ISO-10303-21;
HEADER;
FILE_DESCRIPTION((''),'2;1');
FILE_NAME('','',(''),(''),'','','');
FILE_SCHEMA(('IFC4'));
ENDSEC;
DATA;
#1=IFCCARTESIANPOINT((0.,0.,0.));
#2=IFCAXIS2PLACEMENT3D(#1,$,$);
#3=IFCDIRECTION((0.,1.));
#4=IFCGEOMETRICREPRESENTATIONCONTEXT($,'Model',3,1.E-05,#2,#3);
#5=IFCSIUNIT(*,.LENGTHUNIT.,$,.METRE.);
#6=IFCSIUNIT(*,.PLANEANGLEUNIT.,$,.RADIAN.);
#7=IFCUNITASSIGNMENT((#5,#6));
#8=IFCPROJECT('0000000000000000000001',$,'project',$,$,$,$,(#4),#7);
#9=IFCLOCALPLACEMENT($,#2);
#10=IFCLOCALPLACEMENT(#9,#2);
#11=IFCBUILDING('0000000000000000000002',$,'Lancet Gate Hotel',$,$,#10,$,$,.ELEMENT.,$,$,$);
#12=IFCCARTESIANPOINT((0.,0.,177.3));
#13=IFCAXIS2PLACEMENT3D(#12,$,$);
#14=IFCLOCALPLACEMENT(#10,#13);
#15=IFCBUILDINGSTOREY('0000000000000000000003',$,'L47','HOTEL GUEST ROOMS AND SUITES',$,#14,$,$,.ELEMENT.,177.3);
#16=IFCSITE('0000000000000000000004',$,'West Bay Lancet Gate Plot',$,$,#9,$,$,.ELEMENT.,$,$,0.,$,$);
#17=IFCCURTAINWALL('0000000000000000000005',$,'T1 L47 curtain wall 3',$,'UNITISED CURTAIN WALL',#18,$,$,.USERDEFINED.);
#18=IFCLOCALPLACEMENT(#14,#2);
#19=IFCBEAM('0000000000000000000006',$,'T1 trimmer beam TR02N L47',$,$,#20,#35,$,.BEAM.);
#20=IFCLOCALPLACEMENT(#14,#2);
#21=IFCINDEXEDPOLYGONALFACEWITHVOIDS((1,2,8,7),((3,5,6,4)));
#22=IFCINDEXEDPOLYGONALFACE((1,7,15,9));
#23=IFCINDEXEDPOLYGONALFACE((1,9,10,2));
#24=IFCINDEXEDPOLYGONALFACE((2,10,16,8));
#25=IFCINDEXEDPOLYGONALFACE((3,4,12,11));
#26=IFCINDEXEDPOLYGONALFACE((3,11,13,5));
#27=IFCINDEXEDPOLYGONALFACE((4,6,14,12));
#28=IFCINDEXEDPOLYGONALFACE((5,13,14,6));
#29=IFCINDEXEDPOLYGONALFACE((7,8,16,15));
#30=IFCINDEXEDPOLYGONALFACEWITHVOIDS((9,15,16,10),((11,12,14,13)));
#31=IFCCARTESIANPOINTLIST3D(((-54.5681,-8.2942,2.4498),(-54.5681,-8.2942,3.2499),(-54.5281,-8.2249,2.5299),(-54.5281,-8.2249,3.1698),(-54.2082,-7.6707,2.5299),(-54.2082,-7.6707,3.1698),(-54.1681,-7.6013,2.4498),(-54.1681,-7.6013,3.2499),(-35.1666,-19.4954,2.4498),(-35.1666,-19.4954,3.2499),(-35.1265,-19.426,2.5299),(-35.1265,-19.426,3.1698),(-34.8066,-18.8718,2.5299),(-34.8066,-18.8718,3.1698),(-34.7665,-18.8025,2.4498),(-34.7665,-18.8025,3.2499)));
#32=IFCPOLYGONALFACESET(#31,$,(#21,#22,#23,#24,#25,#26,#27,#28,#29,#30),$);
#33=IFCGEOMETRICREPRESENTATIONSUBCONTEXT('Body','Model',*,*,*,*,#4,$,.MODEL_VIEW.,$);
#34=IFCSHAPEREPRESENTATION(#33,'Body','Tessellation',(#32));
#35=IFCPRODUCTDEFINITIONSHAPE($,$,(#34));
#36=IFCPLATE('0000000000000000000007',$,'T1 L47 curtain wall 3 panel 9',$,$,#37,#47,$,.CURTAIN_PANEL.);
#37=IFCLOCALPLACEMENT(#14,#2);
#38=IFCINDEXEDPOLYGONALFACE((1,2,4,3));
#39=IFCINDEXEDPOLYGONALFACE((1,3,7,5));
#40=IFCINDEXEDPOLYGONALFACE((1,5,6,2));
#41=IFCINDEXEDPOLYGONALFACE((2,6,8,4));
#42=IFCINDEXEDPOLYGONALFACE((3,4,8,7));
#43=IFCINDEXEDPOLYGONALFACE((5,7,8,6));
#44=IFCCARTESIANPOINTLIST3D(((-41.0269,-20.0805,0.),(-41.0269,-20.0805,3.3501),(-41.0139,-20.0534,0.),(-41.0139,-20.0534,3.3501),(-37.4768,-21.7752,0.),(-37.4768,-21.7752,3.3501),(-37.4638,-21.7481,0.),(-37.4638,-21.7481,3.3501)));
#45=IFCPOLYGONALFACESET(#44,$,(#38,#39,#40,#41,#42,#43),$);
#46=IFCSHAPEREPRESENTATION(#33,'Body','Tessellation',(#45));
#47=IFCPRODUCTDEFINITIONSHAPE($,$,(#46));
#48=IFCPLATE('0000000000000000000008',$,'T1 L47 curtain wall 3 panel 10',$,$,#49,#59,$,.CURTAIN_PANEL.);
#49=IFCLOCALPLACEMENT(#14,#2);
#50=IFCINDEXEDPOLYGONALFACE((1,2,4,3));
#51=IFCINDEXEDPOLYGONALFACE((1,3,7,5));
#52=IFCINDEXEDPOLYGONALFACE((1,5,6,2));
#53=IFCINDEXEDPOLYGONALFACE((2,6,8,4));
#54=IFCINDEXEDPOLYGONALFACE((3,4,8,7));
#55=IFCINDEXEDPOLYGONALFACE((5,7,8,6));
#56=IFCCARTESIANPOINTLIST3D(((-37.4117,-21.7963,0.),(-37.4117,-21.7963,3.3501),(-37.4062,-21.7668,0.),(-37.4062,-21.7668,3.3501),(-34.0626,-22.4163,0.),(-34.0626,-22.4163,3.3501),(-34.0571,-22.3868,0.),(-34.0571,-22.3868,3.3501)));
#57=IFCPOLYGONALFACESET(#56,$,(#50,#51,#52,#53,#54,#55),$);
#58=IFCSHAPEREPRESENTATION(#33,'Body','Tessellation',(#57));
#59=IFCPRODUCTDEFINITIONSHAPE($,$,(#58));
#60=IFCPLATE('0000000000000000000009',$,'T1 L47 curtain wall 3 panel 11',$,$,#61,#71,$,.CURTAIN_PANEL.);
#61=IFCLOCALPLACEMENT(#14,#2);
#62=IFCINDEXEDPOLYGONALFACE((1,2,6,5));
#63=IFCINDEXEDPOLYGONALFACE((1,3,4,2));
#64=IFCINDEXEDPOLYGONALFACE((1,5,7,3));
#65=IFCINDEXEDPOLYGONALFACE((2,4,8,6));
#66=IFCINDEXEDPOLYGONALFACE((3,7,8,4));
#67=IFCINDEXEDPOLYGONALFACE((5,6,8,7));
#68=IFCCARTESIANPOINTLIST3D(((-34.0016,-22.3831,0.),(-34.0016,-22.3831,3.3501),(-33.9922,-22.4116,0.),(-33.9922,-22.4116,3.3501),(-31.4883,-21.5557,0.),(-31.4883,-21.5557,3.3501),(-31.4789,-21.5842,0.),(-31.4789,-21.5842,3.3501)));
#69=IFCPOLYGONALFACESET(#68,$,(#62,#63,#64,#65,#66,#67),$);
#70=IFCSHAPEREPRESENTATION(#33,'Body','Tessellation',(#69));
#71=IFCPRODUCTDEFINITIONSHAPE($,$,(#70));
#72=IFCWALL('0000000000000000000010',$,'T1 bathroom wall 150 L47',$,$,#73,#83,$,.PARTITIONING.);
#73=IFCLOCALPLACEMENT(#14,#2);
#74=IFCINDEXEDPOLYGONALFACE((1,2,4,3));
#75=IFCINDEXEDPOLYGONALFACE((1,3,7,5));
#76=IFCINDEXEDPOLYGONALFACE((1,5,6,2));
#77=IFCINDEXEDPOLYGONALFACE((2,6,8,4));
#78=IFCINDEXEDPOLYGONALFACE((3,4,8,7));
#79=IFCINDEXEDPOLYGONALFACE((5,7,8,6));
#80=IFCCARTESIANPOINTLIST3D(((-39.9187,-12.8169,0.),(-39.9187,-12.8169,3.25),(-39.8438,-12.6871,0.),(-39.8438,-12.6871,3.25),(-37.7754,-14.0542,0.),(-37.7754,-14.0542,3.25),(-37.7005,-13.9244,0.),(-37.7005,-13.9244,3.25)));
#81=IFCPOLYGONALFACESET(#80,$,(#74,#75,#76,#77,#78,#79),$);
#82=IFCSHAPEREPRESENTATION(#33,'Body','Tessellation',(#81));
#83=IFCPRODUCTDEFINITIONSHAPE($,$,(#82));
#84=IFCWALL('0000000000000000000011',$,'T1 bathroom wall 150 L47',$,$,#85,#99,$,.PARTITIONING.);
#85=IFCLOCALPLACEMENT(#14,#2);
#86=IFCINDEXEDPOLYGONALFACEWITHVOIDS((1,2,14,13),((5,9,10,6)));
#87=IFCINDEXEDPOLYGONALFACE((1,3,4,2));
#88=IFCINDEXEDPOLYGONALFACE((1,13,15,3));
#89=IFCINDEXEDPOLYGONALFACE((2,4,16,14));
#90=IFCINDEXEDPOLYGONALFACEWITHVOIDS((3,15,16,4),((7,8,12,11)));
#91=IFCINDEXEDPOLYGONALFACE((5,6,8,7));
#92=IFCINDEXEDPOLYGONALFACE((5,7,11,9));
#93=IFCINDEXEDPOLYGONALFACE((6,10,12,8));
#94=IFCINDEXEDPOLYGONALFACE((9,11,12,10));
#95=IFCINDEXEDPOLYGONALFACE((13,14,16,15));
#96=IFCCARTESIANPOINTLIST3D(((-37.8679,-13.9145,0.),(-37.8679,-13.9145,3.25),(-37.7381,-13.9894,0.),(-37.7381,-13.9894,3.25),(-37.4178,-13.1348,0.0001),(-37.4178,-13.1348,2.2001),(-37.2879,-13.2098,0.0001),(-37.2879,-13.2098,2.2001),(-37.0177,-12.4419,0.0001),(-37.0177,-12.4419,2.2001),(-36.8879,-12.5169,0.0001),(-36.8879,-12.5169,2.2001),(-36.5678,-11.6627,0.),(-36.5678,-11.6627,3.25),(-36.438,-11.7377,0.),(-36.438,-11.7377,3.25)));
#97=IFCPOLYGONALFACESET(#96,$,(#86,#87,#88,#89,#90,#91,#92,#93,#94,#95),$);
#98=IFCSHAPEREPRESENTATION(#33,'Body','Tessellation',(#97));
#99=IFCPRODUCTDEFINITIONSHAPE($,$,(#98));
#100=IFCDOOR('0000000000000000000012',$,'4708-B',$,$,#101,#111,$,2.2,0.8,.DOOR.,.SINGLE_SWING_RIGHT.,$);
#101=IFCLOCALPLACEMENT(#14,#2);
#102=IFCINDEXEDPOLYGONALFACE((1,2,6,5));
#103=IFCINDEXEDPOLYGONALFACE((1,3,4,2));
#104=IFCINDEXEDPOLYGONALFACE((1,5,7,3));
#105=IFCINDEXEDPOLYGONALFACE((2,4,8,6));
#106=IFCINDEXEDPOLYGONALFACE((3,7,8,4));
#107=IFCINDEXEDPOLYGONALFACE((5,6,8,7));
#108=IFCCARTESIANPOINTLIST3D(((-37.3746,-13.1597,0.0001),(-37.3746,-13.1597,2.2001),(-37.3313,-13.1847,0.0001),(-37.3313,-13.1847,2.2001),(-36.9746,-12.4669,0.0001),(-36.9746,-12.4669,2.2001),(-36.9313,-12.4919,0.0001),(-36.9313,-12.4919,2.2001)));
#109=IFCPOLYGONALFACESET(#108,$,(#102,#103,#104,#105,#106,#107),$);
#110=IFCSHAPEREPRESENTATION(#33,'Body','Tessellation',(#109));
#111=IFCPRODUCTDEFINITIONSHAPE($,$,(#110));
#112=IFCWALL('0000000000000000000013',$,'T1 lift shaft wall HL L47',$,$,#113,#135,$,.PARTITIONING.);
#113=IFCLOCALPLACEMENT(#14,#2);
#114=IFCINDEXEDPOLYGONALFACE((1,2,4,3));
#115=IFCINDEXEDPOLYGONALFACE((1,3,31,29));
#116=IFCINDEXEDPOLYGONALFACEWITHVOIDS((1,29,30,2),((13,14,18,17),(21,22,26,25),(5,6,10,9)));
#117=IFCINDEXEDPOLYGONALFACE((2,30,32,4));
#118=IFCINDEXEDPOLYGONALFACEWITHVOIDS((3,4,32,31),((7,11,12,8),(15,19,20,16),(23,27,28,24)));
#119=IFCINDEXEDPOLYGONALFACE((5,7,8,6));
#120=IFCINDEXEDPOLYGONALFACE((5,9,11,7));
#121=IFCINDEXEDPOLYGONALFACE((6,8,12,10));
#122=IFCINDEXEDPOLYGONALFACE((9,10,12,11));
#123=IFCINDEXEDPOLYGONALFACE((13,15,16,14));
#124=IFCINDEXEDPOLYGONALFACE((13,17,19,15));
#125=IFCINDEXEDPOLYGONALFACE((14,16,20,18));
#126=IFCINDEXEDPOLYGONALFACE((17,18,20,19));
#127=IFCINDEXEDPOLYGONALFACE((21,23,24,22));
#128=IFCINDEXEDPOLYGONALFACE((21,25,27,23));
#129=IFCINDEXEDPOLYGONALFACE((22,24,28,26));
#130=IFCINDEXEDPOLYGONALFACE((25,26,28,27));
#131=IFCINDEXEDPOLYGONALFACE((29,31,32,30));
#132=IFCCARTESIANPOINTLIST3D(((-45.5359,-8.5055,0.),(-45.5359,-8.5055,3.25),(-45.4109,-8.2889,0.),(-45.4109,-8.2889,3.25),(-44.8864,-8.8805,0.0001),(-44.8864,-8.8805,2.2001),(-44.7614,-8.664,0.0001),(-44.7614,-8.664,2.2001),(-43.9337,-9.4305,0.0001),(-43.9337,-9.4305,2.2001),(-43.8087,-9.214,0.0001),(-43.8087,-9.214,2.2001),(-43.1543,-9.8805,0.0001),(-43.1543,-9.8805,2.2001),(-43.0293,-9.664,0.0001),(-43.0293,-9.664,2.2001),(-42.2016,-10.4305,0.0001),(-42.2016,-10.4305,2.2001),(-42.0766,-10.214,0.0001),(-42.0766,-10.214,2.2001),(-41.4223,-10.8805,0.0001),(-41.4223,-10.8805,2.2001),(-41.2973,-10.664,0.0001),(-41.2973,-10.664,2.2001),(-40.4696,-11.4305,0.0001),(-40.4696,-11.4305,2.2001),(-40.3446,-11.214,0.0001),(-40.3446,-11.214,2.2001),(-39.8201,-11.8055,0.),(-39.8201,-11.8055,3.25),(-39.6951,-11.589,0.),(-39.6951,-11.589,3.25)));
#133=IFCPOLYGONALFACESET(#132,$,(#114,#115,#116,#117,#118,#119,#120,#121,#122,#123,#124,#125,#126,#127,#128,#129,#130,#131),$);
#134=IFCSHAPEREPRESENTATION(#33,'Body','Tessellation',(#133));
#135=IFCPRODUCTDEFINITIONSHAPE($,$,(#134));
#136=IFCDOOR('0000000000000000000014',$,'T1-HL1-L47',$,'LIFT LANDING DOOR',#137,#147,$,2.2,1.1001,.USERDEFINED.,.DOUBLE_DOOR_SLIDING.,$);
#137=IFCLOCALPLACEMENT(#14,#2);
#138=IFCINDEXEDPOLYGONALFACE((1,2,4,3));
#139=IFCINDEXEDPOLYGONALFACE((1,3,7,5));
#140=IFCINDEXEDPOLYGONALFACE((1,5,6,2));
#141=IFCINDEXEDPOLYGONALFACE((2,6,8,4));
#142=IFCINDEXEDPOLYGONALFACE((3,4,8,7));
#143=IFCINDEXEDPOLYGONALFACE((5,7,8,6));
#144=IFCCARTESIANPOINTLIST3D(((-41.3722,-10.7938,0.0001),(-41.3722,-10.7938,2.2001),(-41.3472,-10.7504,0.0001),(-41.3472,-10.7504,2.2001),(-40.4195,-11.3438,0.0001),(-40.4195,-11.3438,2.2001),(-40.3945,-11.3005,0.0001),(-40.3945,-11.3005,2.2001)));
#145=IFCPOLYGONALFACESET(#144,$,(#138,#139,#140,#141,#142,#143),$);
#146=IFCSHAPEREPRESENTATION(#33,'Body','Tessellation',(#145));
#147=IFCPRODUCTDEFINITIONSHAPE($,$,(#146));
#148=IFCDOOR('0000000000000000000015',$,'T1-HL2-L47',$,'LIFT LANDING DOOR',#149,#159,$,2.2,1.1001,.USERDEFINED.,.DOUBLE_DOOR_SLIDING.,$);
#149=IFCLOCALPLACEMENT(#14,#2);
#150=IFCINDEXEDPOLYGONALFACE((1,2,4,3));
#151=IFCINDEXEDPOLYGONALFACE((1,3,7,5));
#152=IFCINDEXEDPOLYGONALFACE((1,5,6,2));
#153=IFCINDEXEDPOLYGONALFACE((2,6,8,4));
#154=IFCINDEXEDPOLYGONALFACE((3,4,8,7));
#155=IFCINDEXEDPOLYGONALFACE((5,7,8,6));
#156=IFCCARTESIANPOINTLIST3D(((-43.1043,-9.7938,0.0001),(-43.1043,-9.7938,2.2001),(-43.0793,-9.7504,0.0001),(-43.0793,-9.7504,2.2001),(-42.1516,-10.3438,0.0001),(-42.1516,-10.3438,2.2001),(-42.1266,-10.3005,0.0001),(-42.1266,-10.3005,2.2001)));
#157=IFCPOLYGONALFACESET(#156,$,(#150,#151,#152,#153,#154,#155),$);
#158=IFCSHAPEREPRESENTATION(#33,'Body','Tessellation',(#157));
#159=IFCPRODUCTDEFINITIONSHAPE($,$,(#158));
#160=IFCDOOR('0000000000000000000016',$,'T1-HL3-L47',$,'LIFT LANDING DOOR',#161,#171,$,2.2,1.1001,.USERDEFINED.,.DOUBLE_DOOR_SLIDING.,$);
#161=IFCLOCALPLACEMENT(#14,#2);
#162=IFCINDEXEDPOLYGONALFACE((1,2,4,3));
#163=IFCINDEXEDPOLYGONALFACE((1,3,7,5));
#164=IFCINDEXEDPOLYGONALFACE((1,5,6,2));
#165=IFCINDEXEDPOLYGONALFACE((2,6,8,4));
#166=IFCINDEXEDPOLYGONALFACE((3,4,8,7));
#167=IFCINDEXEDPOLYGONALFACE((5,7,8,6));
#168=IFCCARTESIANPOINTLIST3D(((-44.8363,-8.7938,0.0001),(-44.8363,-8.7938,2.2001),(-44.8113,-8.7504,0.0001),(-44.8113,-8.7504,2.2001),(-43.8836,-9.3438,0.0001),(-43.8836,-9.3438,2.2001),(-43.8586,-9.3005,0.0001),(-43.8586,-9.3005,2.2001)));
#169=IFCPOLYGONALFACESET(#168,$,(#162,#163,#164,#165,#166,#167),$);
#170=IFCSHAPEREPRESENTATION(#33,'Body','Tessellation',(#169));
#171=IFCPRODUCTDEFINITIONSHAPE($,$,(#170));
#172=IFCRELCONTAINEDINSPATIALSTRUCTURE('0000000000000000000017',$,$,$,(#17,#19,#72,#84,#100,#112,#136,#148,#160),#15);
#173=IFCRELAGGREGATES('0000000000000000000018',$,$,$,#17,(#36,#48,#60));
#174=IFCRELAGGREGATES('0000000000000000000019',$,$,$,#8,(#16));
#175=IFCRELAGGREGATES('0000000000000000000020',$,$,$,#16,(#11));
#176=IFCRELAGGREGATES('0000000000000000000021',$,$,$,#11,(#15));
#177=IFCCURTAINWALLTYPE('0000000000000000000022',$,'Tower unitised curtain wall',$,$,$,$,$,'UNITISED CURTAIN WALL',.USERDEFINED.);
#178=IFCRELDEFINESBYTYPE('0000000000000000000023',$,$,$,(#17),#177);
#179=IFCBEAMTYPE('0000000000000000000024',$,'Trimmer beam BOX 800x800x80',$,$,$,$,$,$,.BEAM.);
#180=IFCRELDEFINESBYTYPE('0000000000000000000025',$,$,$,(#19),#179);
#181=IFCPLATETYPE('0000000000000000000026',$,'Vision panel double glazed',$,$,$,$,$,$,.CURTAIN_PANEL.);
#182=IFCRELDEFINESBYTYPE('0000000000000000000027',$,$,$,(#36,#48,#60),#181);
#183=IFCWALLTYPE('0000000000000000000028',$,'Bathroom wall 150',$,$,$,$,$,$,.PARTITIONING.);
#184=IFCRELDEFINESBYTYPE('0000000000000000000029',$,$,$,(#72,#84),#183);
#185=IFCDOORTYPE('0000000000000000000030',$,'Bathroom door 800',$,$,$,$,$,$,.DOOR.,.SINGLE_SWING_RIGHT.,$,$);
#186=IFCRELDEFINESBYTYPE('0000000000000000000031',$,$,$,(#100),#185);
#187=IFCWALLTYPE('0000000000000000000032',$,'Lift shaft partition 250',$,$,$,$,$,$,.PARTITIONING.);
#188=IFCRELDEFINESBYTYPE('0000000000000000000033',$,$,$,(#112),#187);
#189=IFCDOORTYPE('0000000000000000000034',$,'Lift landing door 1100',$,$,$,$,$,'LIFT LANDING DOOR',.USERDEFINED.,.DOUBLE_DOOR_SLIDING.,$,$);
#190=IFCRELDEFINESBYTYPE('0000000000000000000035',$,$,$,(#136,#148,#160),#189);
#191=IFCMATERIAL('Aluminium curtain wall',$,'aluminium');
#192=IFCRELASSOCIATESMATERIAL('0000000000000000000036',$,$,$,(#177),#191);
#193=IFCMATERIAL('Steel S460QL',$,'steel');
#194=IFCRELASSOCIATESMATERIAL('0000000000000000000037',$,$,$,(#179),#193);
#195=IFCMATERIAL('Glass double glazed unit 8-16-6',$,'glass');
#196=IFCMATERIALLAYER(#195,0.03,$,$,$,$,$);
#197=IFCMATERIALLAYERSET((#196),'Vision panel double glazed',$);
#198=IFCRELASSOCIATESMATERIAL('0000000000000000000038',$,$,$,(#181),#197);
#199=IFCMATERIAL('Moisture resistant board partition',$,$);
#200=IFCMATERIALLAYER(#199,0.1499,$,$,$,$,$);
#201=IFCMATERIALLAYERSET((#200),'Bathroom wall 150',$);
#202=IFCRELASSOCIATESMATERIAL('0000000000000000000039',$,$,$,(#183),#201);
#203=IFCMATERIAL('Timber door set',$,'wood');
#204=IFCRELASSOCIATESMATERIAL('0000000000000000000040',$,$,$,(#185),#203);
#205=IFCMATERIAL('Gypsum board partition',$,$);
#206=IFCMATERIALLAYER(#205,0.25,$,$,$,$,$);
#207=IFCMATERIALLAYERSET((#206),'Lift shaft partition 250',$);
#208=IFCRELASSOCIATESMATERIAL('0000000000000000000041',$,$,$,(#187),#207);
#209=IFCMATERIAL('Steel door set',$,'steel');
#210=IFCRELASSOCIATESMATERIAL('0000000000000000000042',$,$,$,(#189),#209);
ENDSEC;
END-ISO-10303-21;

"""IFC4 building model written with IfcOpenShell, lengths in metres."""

from ifc_helpers import new_model, si_unit, direction, frame, frame_2d, origin, origin_2d, place, context, subcontext, project, spatial, rectangle, hollow_rectangle, extrude, material, layer, layer_set, material_profile, profile_set, type_object, element, fill, aggregate, save


model = new_model("IFC4")

# Units and contexts
model_context = context("Model", 3, precision=1e-05, world=origin(), true_north=direction((0.0, 1.0)))
body_context = subcontext(model_context, "Body", "Model", "MODEL_VIEW")
ifc_project = project(units=[si_unit("LENGTHUNIT", "METRE"), si_unit("PLANEANGLEUNIT", "RADIAN")], contexts=[model_context])

# Site, building, storey
site_placement = place(None, origin())
site = spatial("IfcSite", under=ifc_project, at=site_placement, Name="West Bay Lancet Gate Plot", CompositionType="ELEMENT", RefElevation=0.0)
building_placement = place(site_placement, origin())
building = spatial("IfcBuilding", under=site, at=building_placement, Name="Lancet Gate Hotel", CompositionType="ELEMENT")
storey_placement = place(building_placement, frame((0.0, 0.0, 177.3)))
storey = spatial("IfcBuildingStorey", under=building, at=storey_placement, Name="L47", Description="HOTEL GUEST ROOMS AND SUITES", CompositionType="ELEMENT", Elevation=177.3)

# Curtain wall
ifc_material_1 = material(Name="Aluminium curtain wall", Category="aluminium")
curtain_wall_type = type_object("IfcCurtainWallType", Name="Tower unitised curtain wall", ElementType="UNITISED CURTAIN WALL", PredefinedType="USERDEFINED", material=ifc_material_1)
curtain_wall_placement = place(storey_placement, origin())
curtain_wall = element("IfcCurtainWall", 1, at=curtain_wall_placement, inside=storey, type_object=curtain_wall_type, Name="T1 L47 curtain wall 3", ObjectType="UNITISED CURTAIN WALL", PredefinedType="USERDEFINED")

# Beam
ifc_material_2 = material(Name="Steel S460QL", Category="steel")
ifc_material_profile_1 = material_profile(ifc_material_2, hollow_rectangle(XDim=0.8, YDim=0.8, WallThickness=0.0801, at=origin_2d()), Name="BOX 800x800x80")
ifc_profile_set_1 = profile_set([ifc_material_profile_1], Name="Steel S460QL")
beam_type_1 = type_object("IfcBeamType", Name="Trimmer beam BOX 800x800x80", PredefinedType="BEAM", material=ifc_profile_set_1)
beam_1_placement = place(storey_placement, frame((-34.9666, -19.1489, 2.8499), z_axis=(-0.866032, 0.499988, 0.0), x_axis=(-0.499988, -0.866032, 0.0)))
element("IfcBeam", 2, at=beam_1_placement, inside=storey, type_object=beam_type_1, Name="T1 trimmer beam TR02N L47", PredefinedType="BEAM", context=body_context, shape_type="SweptSolid", body=[
    extrude(hollow_rectangle(XDim=0.8, YDim=0.8, WallThickness=0.0801, at=origin_2d()), origin(), (0.0, 0.0, 1.0), 22.4028),
])

# Plates
ifc_material_3 = material(Name="Glass double glazed unit 8-16-6", Category="glass")
ifc_layer_1 = layer(ifc_material_3, 0.03)
ifc_layer_set_1 = layer_set([ifc_layer_1], Name="Vision panel double glazed")
plate_type = type_object("IfcPlateType", Name="Vision panel double glazed", PredefinedType="CURTAIN_PANEL", material=ifc_layer_set_1)
plate_1_placement = place(storey_placement, frame((-39.2454, -20.9143, 0.0), z_axis=(0.0, 0.0, 1.0), x_axis=(0.902454, -0.430787, 0.0)))
plate_1 = element("IfcPlate", 3, at=plate_1_placement, type_object=plate_type, Name="T1 L47 curtain wall 3 panel 9", PredefinedType="CURTAIN_PANEL", context=body_context, shape_type="SweptSolid", body=[
    extrude(rectangle(XDim=3.9338, YDim=0.03, at=origin_2d()), origin(), (0.0, 0.0, 1.0), 3.3501),
])
plate_2_placement = place(storey_placement, frame((-35.7344, -22.0916, 0.0), z_axis=(0.0, 0.0, 1.0), x_axis=(0.983292, -0.182033, 0.0)))
plate_2 = element("IfcPlate", 4, at=plate_2_placement, type_object=plate_type, Name="T1 L47 curtain wall 3 panel 10", PredefinedType="CURTAIN_PANEL", context=body_context, shape_type="SweptSolid", body=[
    extrude(rectangle(XDim=3.406, YDim=0.03, at=origin_2d()), origin(), (0.0, 0.0, 1.0), 3.3501),
])
plate_3_placement = place(storey_placement, frame((-32.7402, -21.9836, 0.0), z_axis=(0.0, 0.0, 1.0), x_axis=(0.949848, 0.312712, 0.0)))
plate_3 = element("IfcPlate", 5, at=plate_3_placement, type_object=plate_type, Name="T1 L47 curtain wall 3 panel 11", PredefinedType="CURTAIN_PANEL", context=body_context, shape_type="SweptSolid", body=[
    extrude(rectangle(XDim=2.646, YDim=0.03, at=origin_2d()), origin(), (0.0, 0.0, 1.0), 3.3501),
])
aggregate(curtain_wall, [plate_1, plate_2, plate_3])

# Wall
ifc_material_4 = material(Name="Moisture resistant board partition")
ifc_layer_2 = layer(ifc_material_4, 0.1499)
ifc_layer_set_2 = layer_set([ifc_layer_2], Name="Bathroom wall 150")
wall_type_1 = type_object("IfcWallType", Name="Bathroom wall 150", PredefinedType="PARTITIONING", material=ifc_layer_set_2)
wall_1_placement = place(storey_placement, frame((-37.738, -13.9893, 0.0), z_axis=(0.0, 0.0, 1.0), x_axis=(-0.866049, 0.499959, 0.0)))
element("IfcWall", 6, at=wall_1_placement, inside=storey, type_object=wall_type_1, Name="T1 bathroom wall 150 L47", PredefinedType="PARTITIONING", context=body_context, shape_type="SweptSolid", body=[
    extrude(rectangle(XDim=2.4749, YDim=0.1499, at=frame_2d((1.2373, 0.0))), origin(), (0.0, 0.0, 1.0), 3.25),
])

# Wall, opening, door
wall_2_placement = place(storey_placement, frame((-36.5029, -11.7002, 0.0), z_axis=(0.0, 0.0, 1.0), x_axis=(-0.500007, -0.866021, 0.0)))
wall_2 = element("IfcWall", 7, at=wall_2_placement, inside=storey, type_object=wall_type_1, Name="T1 bathroom wall 150 L47", PredefinedType="PARTITIONING", context=body_context, shape_type="SweptSolid", body=[
    extrude(rectangle(XDim=2.6001, YDim=0.1499, at=frame_2d((1.3, 0.0))), origin(), (0.0, 0.0, 1.0), 3.25),
])
opening_1_placement = place(wall_2_placement, frame((0.8999, 0.0, 0.0)))
opening_1 = element("IfcOpeningElement", 8, at=opening_1_placement, cuts=wall_2, PredefinedType="OPENING", context=body_context, shape_type="SweptSolid", body=[
    extrude(rectangle(XDim=0.8, YDim=2.2, at=frame_2d((0.3999, 1.1001))), frame((0.0, 0.085, 0.0), z_axis=(0.0, -1.0, 0.0), x_axis=(1.0, 0.0, 0.0)), (0.0, 0.0, 1.0), 0.1699),
])
ifc_material_5 = material(Name="Timber door set", Category="wood")
door_type_1 = type_object("IfcDoorType", Name="Bathroom door 800", OperationType="SINGLE_SWING_RIGHT", PredefinedType="DOOR", material=ifc_material_5)
door_1_placement = place(opening_1_placement, origin())
door_1 = element("IfcDoor", 9, at=door_1_placement, inside=storey, type_object=door_type_1, Name="4708-B", OperationType="SINGLE_SWING_RIGHT", OverallHeight=2.2, OverallWidth=0.8, PredefinedType="DOOR", context=body_context, shape_type="SweptSolid", body=[
    extrude(rectangle(XDim=0.8, YDim=2.2, at=frame_2d((0.3999, 1.1001))), frame((0.0, 0.0249, 0.0), z_axis=(0.0, -1.0, 0.0), x_axis=(1.0, 0.0, 0.0)), (0.0, 0.0, 1.0), 0.05),
])
fill(opening_1, door_1)

# Wall, openings, doors
ifc_material_6 = material(Name="Gypsum board partition")
ifc_layer_3 = layer(ifc_material_6, 0.25)
ifc_layer_set_3 = layer_set([ifc_layer_3], Name="Lift shaft partition 250")
wall_type_2 = type_object("IfcWallType", Name="Lift shaft partition 250", PredefinedType="PARTITIONING", material=ifc_layer_set_3)
wall_3_placement = place(storey_placement, frame((-39.7576, -11.6973, 0.0), z_axis=(0.0, 0.0, 1.0), x_axis=(-0.866024, 0.500002, 0.0)))
wall_3 = element("IfcWall", 10, at=wall_3_placement, inside=storey, type_object=wall_type_2, Name="T1 lift shaft wall HL L47", PredefinedType="PARTITIONING", context=body_context, shape_type="SweptSolid", body=[
    extrude(rectangle(XDim=6.6001, YDim=0.25, at=frame_2d((3.3, 0.0))), origin(), (0.0, 0.0, 1.0), 3.25),
])
opening_2_placement = place(wall_3_placement, frame((0.75, 0.0, 0.0)))
opening_2 = element("IfcOpeningElement", 11, at=opening_2_placement, cuts=wall_3, PredefinedType="OPENING", context=body_context, shape_type="SweptSolid", body=[
    extrude(rectangle(XDim=1.1001, YDim=2.2, at=frame_2d((0.55, 1.1001))), frame((0.0, 0.135, 0.0), z_axis=(0.0, -1.0, 0.0), x_axis=(1.0, 0.0, 0.0)), (0.0, 0.0, 1.0), 0.27),
])
opening_3_placement = place(wall_3_placement, frame((2.75, 0.0, 0.0)))
opening_3 = element("IfcOpeningElement", 12, at=opening_3_placement, cuts=wall_3, PredefinedType="OPENING", context=body_context, shape_type="SweptSolid", body=[
    extrude(rectangle(XDim=1.1001, YDim=2.2, at=frame_2d((0.55, 1.1001))), frame((0.0, 0.135, 0.0), z_axis=(0.0, -1.0, 0.0), x_axis=(1.0, 0.0, 0.0)), (0.0, 0.0, 1.0), 0.27),
])
opening_4_placement = place(wall_3_placement, frame((4.75, 0.0, 0.0)))
opening_4 = element("IfcOpeningElement", 13, at=opening_4_placement, cuts=wall_3, PredefinedType="OPENING", context=body_context, shape_type="SweptSolid", body=[
    extrude(rectangle(XDim=1.1001, YDim=2.2, at=frame_2d((0.55, 1.1001))), frame((0.0, 0.135, 0.0), z_axis=(0.0, -1.0, 0.0), x_axis=(1.0, 0.0, 0.0)), (0.0, 0.0, 1.0), 0.27),
])
ifc_material_7 = material(Name="Steel door set", Category="steel")
door_type_2 = type_object("IfcDoorType", Name="Lift landing door 1100", ElementType="LIFT LANDING DOOR", OperationType="DOUBLE_DOOR_SLIDING", PredefinedType="USERDEFINED", material=ifc_material_7)
door_2_placement = place(opening_2_placement, origin())
door_2 = element("IfcDoor", 14, at=door_2_placement, inside=storey, type_object=door_type_2, Name="T1-HL1-L47", ObjectType="LIFT LANDING DOOR", OperationType="DOUBLE_DOOR_SLIDING", OverallHeight=2.2, OverallWidth=1.1001, PredefinedType="USERDEFINED", context=body_context, shape_type="SweptSolid", body=[
    extrude(rectangle(XDim=1.1001, YDim=2.2, at=frame_2d((0.55, 1.1001))), frame((0.0, 0.0249, 0.0), z_axis=(0.0, -1.0, 0.0), x_axis=(1.0, 0.0, 0.0)), (0.0, 0.0, 1.0), 0.05),
])
fill(opening_2, door_2)
door_3_placement = place(opening_3_placement, origin())
door_3 = element("IfcDoor", 15, at=door_3_placement, inside=storey, type_object=door_type_2, Name="T1-HL2-L47", ObjectType="LIFT LANDING DOOR", OperationType="DOUBLE_DOOR_SLIDING", OverallHeight=2.2, OverallWidth=1.1001, PredefinedType="USERDEFINED", context=body_context, shape_type="SweptSolid", body=[
    extrude(rectangle(XDim=1.1001, YDim=2.2, at=frame_2d((0.55, 1.1001))), frame((0.0, 0.0249, 0.0), z_axis=(0.0, -1.0, 0.0), x_axis=(1.0, 0.0, 0.0)), (0.0, 0.0, 1.0), 0.05),
])
fill(opening_3, door_3)
door_4_placement = place(opening_4_placement, origin())
door_4 = element("IfcDoor", 16, at=door_4_placement, inside=storey, type_object=door_type_2, Name="T1-HL3-L47", ObjectType="LIFT LANDING DOOR", OperationType="DOUBLE_DOOR_SLIDING", OverallHeight=2.2, OverallWidth=1.1001, PredefinedType="USERDEFINED", context=body_context, shape_type="SweptSolid", body=[
    extrude(rectangle(XDim=1.1001, YDim=2.2, at=frame_2d((0.55, 1.1001))), frame((0.0, 0.0249, 0.0), z_axis=(0.0, -1.0, 0.0), x_axis=(1.0, 0.0, 0.0)), (0.0, 0.0, 1.0), 0.05),
])
fill(opening_4, door_4)

save(model, "model.ifc")
